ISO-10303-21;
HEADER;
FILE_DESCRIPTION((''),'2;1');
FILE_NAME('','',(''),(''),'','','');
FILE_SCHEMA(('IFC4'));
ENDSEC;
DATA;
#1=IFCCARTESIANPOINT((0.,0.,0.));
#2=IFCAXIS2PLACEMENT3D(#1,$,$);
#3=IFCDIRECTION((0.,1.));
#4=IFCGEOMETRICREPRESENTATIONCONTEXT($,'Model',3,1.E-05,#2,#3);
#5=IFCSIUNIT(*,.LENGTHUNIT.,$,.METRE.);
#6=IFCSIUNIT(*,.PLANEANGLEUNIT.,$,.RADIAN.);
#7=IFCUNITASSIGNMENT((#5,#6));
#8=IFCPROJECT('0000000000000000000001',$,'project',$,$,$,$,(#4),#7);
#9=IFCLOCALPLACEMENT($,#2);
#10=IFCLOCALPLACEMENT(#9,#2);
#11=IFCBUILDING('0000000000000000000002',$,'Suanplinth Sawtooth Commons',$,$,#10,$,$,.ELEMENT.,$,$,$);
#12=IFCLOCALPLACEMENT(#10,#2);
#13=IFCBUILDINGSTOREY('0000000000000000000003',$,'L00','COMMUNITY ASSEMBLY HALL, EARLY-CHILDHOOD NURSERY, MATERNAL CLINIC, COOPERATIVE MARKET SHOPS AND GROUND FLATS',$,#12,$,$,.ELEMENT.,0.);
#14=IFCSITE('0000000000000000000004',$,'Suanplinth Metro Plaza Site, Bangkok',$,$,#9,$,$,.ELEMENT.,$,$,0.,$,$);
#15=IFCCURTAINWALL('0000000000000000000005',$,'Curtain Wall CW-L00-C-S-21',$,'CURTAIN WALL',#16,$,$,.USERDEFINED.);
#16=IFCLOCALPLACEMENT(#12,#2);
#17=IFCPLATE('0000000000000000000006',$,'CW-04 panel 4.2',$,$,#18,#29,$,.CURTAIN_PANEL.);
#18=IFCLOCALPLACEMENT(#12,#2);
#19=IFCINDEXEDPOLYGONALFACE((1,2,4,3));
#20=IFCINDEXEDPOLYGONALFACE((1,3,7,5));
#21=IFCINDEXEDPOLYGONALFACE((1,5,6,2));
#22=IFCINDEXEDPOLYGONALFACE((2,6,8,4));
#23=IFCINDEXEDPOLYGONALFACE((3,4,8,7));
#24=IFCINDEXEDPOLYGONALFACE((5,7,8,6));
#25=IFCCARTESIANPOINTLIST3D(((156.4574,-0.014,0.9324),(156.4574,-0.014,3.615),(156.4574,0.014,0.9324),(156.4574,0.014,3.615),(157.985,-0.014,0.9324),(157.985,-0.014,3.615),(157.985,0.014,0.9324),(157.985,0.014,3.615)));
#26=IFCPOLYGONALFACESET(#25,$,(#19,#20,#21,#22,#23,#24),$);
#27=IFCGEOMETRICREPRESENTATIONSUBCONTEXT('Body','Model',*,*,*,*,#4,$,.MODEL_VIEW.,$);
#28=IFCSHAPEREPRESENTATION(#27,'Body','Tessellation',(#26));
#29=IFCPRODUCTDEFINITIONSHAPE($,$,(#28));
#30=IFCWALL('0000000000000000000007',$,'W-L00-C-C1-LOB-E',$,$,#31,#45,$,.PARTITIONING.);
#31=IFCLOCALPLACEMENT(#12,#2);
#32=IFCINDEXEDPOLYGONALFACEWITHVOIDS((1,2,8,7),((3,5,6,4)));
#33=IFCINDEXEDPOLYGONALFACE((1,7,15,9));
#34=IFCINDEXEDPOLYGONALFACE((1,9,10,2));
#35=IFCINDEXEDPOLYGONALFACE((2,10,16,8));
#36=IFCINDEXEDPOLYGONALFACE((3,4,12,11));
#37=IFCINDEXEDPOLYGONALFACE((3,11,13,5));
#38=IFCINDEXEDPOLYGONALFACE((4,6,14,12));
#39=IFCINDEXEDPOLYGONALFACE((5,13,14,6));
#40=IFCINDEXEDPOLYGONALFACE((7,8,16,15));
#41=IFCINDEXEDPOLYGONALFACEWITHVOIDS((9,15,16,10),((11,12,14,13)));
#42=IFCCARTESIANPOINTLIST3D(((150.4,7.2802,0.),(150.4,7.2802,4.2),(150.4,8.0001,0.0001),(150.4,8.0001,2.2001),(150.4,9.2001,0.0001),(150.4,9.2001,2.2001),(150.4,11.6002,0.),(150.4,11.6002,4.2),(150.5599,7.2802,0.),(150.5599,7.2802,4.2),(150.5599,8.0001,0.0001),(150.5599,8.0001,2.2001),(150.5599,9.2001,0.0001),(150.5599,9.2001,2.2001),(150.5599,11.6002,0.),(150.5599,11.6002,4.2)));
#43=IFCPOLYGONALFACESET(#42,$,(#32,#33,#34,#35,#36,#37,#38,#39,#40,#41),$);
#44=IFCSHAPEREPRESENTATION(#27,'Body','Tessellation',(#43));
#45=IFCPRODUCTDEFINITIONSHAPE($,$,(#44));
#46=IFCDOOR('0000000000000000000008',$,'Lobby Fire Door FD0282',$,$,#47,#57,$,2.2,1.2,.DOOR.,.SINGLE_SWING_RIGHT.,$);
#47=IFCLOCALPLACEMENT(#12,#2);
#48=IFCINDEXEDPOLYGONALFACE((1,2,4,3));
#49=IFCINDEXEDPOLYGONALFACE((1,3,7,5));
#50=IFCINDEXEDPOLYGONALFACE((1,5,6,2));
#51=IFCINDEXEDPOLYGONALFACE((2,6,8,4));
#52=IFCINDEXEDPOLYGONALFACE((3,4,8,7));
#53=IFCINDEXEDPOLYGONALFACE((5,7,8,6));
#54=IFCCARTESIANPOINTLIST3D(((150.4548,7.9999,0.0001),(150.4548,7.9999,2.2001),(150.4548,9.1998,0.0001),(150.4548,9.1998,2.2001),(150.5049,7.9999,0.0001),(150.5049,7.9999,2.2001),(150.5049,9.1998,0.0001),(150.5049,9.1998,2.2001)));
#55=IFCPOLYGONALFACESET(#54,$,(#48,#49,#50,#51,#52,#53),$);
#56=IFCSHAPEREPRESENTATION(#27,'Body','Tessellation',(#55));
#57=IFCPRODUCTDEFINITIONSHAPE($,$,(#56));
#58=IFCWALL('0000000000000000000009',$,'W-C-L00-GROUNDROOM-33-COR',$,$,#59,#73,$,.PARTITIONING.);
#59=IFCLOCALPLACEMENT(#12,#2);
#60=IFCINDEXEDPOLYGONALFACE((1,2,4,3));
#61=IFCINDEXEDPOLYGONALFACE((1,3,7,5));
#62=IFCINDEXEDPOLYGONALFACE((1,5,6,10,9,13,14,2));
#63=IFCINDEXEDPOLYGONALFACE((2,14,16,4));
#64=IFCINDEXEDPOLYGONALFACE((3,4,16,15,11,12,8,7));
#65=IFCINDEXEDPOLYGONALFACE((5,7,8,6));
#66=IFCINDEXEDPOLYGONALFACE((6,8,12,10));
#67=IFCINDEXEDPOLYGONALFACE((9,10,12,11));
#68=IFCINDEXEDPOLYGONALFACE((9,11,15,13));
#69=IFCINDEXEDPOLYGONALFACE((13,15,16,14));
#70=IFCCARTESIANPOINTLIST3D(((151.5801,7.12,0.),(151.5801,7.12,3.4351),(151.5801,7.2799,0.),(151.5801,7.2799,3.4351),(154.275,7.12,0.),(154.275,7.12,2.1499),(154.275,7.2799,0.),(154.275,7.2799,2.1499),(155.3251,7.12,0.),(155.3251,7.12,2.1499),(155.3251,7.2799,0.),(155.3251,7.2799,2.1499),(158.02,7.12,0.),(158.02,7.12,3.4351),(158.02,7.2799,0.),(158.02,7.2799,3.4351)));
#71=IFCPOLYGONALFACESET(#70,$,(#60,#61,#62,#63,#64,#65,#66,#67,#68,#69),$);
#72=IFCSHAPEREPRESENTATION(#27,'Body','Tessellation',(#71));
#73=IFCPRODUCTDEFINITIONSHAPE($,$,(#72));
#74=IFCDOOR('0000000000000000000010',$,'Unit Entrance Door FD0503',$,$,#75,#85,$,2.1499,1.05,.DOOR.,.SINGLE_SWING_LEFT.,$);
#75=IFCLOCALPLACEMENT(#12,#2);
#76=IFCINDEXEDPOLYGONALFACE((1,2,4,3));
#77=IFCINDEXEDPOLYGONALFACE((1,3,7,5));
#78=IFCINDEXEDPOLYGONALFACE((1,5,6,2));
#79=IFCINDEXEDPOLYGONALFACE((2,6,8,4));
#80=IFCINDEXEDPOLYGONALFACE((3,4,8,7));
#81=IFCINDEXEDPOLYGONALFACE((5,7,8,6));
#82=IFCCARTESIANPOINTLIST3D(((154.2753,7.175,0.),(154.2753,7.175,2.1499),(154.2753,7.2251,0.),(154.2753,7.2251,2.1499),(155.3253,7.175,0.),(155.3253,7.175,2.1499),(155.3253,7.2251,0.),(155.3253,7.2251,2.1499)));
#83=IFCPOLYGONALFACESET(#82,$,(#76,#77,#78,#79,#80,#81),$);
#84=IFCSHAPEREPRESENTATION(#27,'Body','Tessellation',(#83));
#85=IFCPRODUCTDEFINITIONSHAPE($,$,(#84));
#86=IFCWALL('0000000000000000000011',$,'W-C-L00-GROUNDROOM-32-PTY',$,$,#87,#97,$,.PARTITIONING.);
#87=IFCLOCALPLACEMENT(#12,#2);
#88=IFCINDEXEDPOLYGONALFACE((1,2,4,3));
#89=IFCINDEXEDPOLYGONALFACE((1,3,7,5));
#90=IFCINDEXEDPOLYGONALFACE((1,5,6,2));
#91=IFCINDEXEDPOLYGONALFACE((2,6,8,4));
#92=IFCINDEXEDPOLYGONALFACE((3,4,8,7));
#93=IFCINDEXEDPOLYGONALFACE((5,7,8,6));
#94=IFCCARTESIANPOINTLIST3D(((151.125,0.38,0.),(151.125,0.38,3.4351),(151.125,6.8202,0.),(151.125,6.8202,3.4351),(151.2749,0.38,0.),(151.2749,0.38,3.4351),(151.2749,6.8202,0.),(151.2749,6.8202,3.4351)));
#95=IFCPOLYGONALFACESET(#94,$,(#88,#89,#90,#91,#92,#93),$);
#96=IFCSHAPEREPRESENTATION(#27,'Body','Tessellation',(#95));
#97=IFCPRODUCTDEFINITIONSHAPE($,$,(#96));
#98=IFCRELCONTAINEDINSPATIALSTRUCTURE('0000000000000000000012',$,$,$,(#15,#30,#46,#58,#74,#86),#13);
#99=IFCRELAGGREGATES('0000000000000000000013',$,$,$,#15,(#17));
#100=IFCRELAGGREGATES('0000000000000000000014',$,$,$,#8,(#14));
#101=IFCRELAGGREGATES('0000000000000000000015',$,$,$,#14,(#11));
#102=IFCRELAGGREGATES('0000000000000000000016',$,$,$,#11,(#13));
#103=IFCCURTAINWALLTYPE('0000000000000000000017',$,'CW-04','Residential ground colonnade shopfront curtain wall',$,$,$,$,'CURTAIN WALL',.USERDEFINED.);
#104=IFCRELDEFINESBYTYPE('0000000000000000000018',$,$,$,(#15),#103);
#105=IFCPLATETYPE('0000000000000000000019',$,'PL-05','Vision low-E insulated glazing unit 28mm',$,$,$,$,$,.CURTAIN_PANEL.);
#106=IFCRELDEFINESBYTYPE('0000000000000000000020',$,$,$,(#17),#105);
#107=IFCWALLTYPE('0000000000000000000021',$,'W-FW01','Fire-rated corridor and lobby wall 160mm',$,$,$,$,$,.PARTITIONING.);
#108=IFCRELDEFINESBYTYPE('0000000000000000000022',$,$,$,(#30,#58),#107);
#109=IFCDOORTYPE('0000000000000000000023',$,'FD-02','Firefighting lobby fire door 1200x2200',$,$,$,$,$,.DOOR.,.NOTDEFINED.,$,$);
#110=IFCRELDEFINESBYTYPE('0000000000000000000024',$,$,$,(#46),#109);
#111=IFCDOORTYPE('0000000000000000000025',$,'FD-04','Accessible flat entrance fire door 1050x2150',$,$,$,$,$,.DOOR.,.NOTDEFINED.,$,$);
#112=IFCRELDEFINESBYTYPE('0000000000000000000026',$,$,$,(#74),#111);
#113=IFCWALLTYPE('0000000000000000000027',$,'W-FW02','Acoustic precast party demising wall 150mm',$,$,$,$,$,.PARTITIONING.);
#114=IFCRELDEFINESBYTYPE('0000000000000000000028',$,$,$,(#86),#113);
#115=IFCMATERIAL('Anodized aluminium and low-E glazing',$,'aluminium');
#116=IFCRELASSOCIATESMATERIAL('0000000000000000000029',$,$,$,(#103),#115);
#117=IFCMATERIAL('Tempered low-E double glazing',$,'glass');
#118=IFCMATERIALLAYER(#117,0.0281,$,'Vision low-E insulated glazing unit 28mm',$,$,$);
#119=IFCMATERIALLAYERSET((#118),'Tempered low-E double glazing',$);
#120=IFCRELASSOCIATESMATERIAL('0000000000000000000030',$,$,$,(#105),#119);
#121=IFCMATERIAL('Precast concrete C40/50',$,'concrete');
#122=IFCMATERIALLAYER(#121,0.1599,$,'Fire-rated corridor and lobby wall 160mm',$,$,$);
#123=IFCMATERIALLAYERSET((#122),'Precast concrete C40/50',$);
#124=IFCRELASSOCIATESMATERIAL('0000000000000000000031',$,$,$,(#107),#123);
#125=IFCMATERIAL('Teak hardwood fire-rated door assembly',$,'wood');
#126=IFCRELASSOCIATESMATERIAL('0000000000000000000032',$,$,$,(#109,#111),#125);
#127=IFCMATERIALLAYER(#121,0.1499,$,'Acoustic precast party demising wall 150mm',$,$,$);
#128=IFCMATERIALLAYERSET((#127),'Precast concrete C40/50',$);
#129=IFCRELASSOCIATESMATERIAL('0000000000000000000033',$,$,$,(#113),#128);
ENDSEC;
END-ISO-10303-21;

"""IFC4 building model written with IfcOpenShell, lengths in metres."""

from ifc_helpers import new_model, si_unit, direction, frame, frame_2d, origin, origin_2d, place, context, subcontext, project, spatial, rectangle, extrude, material, layer, layer_set, type_object, element, fill, aggregate, save


model = new_model("IFC4")

# Units and contexts
model_context = context("Model", 3, precision=1e-05, world=origin(), true_north=direction((0.0, 1.0)))
body_context = subcontext(model_context, "Body", "Model", "MODEL_VIEW")
ifc_project = project(units=[si_unit("LENGTHUNIT", "METRE"), si_unit("PLANEANGLEUNIT", "RADIAN")], contexts=[model_context])

# Site, building, storey
site_placement = place(None, origin())
site = spatial("IfcSite", under=ifc_project, at=site_placement, Name="Suanplinth Metro Plaza Site, Bangkok", CompositionType="ELEMENT", RefElevation=0.0)
building_placement = place(site_placement, origin())
building = spatial("IfcBuilding", under=site, at=building_placement, Name="Suanplinth Sawtooth Commons", CompositionType="ELEMENT")
storey_placement = place(building_placement, origin())
storey = spatial("IfcBuildingStorey", under=building, at=storey_placement, Name="L00", Description="COMMUNITY ASSEMBLY HALL, EARLY-CHILDHOOD NURSERY, MATERNAL CLINIC, COOPERATIVE MARKET SHOPS AND GROUND FLATS", CompositionType="ELEMENT", Elevation=0.0)

# Curtain wall, plate
ifc_material_1 = material(Name="Anodized aluminium and low-E glazing", Category="aluminium")
curtain_wall_type = type_object("IfcCurtainWallType", Name="CW-04", Description="Residential ground colonnade shopfront curtain wall", ElementType="CURTAIN WALL", PredefinedType="USERDEFINED", material=ifc_material_1)
curtain_wall_placement = place(storey_placement, origin())
curtain_wall = element("IfcCurtainWall", 1, at=curtain_wall_placement, inside=storey, type_object=curtain_wall_type, Name="Curtain Wall CW-L00-C-S-21", ObjectType="CURTAIN WALL", PredefinedType="USERDEFINED")
ifc_material_2 = material(Name="Tempered low-E double glazing", Category="glass")
ifc_layer_1 = layer(ifc_material_2, 0.0281, Name="Vision low-E insulated glazing unit 28mm")
ifc_layer_set_1 = layer_set([ifc_layer_1], Name="Tempered low-E double glazing")
plate_type = type_object("IfcPlateType", Name="PL-05", Description="Vision low-E insulated glazing unit 28mm", PredefinedType="CURTAIN_PANEL", material=ifc_layer_set_1)
plate_1_placement = place(storey_placement, frame((157.2212, 0.0, 0.9324), z_axis=(0.0, 0.0, 1.0), x_axis=(1.0, 0.0, 0.0)))
plate_1 = element("IfcPlate", 2, at=plate_1_placement, type_object=plate_type, Name="CW-04 panel 4.2", PredefinedType="CURTAIN_PANEL", context=body_context, shape_type="SweptSolid", body=[
    extrude(rectangle(XDim=1.5276, YDim=0.0281, at=origin_2d()), origin(), (0.0, 0.0, 1.0), 2.6826),
])
aggregate(curtain_wall, [plate_1])

# Walls, openings, doors
ifc_material_3 = material(Name="Precast concrete C40/50", Category="concrete")
ifc_layer_2 = layer(ifc_material_3, 0.1599, Name="Fire-rated corridor and lobby wall 160mm")
ifc_layer_set_2 = layer_set([ifc_layer_2], Name="Precast concrete C40/50")
wall_type_1 = type_object("IfcWallType", Name="W-FW01", Description="Fire-rated corridor and lobby wall 160mm", PredefinedType="PARTITIONING", material=ifc_layer_set_2)
wall_1_placement = place(storey_placement, frame((150.48, 7.28, 0.0), z_axis=(0.0, 0.0, 1.0), x_axis=(0.0, 1.0, 0.0)))
wall_1 = element("IfcWall", 3, at=wall_1_placement, inside=storey, type_object=wall_type_1, Name="W-L00-C-C1-LOB-E", PredefinedType="PARTITIONING", context=body_context, shape_type="SweptSolid", body=[
    extrude(rectangle(XDim=4.3201, YDim=0.1599, at=frame_2d((2.1602, 0.0))), origin(), (0.0, 0.0, 1.0), 4.2),
])
opening_1_placement = place(wall_1_placement, frame((0.72, 0.0, 0.0)))
opening_1 = element("IfcOpeningElement", 4, at=opening_1_placement, cuts=wall_1, PredefinedType="OPENING", context=body_context, shape_type="SweptSolid", body=[
    extrude(rectangle(XDim=1.2, YDim=2.2, at=frame_2d((0.6001, 1.1001))), frame((0.0, 0.0947, 0.0), z_axis=(0.0, -1.0, 0.0), x_axis=(1.0, 0.0, 0.0)), (0.0, 0.0, 1.0), 0.1897),
])
ifc_material_4 = material(Name="Teak hardwood fire-rated door assembly", Category="wood")
door_type_1 = type_object("IfcDoorType", Name="FD-02", Description="Firefighting lobby fire door 1200x2200", OperationType="NOTDEFINED", PredefinedType="DOOR", material=ifc_material_4)
door_1_placement = place(opening_1_placement, frame((1.2, 0.0, 0.0), z_axis=(0.0, 0.0, 1.0), x_axis=(-1.0, 0.0, 0.0)))
door_1 = element("IfcDoor", 5, at=door_1_placement, inside=storey, type_object=door_type_1, Name="Lobby Fire Door FD0282", OperationType="SINGLE_SWING_RIGHT", OverallHeight=2.2, OverallWidth=1.2, PredefinedType="DOOR", context=body_context, shape_type="SweptSolid", body=[
    extrude(rectangle(XDim=1.2, YDim=2.2, at=frame_2d((0.6001, 1.1001))), frame((0.0, 0.0249, 0.0), z_axis=(0.0, -1.0, 0.0), x_axis=(1.0, 0.0, 0.0)), (0.0, 0.0, 1.0), 0.05),
])
fill(opening_1, door_1)
wall_2_placement = place(storey_placement, frame((151.5801, 7.2, 0.0), z_axis=(0.0, 0.0, 1.0), x_axis=(1.0, 0.0, 0.0)))
wall_2 = element("IfcWall", 6, at=wall_2_placement, inside=storey, type_object=wall_type_1, Name="W-C-L00-GROUNDROOM-33-COR", PredefinedType="PARTITIONING", context=body_context, shape_type="SweptSolid", body=[
    extrude(rectangle(XDim=6.4399, YDim=0.1599, at=frame_2d((3.22, 0.0))), origin(), (0.0, 0.0, 1.0), 3.4351),
])
opening_2_placement = place(wall_2_placement, frame((2.6951, 0.0, 0.0)))
opening_2 = element("IfcOpeningElement", 7, at=opening_2_placement, cuts=wall_2, PredefinedType="OPENING", context=body_context, shape_type="SweptSolid", body=[
    extrude(rectangle(XDim=1.05, YDim=2.1499, at=frame_2d((0.5249, 1.075))), frame((0.0, 0.0947, 0.0), z_axis=(0.0, -1.0, 0.0), x_axis=(1.0, 0.0, 0.0)), (0.0, 0.0, 1.0), 0.1897),
])
door_type_2 = type_object("IfcDoorType", Name="FD-04", Description="Accessible flat entrance fire door 1050x2150", OperationType="NOTDEFINED", PredefinedType="DOOR", material=ifc_material_4)
door_2_placement = place(opening_2_placement, frame((1.05, 0.0, 0.0), z_axis=(0.0, 0.0, 1.0), x_axis=(-1.0, 0.0, 0.0)))
door_2 = element("IfcDoor", 8, at=door_2_placement, inside=storey, type_object=door_type_2, Name="Unit Entrance Door FD0503", OperationType="SINGLE_SWING_LEFT", OverallHeight=2.1499, OverallWidth=1.05, PredefinedType="DOOR", context=body_context, shape_type="SweptSolid", body=[
    extrude(rectangle(XDim=1.05, YDim=2.1499, at=frame_2d((0.5249, 1.075))), frame((0.0, 0.0249, 0.0), z_axis=(0.0, -1.0, 0.0), x_axis=(1.0, 0.0, 0.0)), (0.0, 0.0, 1.0), 0.05),
])
fill(opening_2, door_2)

# Wall
ifc_layer_3 = layer(ifc_material_3, 0.1499, Name="Acoustic precast party demising wall 150mm")
ifc_layer_set_3 = layer_set([ifc_layer_3], Name="Precast concrete C40/50")
wall_type_2 = type_object("IfcWallType", Name="W-FW02", Description="Acoustic precast party demising wall 150mm", PredefinedType="PARTITIONING", material=ifc_layer_set_3)
wall_3_placement = place(storey_placement, frame((151.2, 0.3799, 0.0), z_axis=(0.0, 0.0, 1.0), x_axis=(0.0, 1.0, 0.0)))
element("IfcWall", 9, at=wall_3_placement, inside=storey, type_object=wall_type_2, Name="W-C-L00-GROUNDROOM-32-PTY", PredefinedType="PARTITIONING", context=body_context, shape_type="SweptSolid", body=[
    extrude(rectangle(XDim=6.4402, YDim=0.1499, at=frame_2d((3.2202, 0.0))), origin(), (0.0, 0.0, 1.0), 3.4351),
])

save(model, "model.ifc")
